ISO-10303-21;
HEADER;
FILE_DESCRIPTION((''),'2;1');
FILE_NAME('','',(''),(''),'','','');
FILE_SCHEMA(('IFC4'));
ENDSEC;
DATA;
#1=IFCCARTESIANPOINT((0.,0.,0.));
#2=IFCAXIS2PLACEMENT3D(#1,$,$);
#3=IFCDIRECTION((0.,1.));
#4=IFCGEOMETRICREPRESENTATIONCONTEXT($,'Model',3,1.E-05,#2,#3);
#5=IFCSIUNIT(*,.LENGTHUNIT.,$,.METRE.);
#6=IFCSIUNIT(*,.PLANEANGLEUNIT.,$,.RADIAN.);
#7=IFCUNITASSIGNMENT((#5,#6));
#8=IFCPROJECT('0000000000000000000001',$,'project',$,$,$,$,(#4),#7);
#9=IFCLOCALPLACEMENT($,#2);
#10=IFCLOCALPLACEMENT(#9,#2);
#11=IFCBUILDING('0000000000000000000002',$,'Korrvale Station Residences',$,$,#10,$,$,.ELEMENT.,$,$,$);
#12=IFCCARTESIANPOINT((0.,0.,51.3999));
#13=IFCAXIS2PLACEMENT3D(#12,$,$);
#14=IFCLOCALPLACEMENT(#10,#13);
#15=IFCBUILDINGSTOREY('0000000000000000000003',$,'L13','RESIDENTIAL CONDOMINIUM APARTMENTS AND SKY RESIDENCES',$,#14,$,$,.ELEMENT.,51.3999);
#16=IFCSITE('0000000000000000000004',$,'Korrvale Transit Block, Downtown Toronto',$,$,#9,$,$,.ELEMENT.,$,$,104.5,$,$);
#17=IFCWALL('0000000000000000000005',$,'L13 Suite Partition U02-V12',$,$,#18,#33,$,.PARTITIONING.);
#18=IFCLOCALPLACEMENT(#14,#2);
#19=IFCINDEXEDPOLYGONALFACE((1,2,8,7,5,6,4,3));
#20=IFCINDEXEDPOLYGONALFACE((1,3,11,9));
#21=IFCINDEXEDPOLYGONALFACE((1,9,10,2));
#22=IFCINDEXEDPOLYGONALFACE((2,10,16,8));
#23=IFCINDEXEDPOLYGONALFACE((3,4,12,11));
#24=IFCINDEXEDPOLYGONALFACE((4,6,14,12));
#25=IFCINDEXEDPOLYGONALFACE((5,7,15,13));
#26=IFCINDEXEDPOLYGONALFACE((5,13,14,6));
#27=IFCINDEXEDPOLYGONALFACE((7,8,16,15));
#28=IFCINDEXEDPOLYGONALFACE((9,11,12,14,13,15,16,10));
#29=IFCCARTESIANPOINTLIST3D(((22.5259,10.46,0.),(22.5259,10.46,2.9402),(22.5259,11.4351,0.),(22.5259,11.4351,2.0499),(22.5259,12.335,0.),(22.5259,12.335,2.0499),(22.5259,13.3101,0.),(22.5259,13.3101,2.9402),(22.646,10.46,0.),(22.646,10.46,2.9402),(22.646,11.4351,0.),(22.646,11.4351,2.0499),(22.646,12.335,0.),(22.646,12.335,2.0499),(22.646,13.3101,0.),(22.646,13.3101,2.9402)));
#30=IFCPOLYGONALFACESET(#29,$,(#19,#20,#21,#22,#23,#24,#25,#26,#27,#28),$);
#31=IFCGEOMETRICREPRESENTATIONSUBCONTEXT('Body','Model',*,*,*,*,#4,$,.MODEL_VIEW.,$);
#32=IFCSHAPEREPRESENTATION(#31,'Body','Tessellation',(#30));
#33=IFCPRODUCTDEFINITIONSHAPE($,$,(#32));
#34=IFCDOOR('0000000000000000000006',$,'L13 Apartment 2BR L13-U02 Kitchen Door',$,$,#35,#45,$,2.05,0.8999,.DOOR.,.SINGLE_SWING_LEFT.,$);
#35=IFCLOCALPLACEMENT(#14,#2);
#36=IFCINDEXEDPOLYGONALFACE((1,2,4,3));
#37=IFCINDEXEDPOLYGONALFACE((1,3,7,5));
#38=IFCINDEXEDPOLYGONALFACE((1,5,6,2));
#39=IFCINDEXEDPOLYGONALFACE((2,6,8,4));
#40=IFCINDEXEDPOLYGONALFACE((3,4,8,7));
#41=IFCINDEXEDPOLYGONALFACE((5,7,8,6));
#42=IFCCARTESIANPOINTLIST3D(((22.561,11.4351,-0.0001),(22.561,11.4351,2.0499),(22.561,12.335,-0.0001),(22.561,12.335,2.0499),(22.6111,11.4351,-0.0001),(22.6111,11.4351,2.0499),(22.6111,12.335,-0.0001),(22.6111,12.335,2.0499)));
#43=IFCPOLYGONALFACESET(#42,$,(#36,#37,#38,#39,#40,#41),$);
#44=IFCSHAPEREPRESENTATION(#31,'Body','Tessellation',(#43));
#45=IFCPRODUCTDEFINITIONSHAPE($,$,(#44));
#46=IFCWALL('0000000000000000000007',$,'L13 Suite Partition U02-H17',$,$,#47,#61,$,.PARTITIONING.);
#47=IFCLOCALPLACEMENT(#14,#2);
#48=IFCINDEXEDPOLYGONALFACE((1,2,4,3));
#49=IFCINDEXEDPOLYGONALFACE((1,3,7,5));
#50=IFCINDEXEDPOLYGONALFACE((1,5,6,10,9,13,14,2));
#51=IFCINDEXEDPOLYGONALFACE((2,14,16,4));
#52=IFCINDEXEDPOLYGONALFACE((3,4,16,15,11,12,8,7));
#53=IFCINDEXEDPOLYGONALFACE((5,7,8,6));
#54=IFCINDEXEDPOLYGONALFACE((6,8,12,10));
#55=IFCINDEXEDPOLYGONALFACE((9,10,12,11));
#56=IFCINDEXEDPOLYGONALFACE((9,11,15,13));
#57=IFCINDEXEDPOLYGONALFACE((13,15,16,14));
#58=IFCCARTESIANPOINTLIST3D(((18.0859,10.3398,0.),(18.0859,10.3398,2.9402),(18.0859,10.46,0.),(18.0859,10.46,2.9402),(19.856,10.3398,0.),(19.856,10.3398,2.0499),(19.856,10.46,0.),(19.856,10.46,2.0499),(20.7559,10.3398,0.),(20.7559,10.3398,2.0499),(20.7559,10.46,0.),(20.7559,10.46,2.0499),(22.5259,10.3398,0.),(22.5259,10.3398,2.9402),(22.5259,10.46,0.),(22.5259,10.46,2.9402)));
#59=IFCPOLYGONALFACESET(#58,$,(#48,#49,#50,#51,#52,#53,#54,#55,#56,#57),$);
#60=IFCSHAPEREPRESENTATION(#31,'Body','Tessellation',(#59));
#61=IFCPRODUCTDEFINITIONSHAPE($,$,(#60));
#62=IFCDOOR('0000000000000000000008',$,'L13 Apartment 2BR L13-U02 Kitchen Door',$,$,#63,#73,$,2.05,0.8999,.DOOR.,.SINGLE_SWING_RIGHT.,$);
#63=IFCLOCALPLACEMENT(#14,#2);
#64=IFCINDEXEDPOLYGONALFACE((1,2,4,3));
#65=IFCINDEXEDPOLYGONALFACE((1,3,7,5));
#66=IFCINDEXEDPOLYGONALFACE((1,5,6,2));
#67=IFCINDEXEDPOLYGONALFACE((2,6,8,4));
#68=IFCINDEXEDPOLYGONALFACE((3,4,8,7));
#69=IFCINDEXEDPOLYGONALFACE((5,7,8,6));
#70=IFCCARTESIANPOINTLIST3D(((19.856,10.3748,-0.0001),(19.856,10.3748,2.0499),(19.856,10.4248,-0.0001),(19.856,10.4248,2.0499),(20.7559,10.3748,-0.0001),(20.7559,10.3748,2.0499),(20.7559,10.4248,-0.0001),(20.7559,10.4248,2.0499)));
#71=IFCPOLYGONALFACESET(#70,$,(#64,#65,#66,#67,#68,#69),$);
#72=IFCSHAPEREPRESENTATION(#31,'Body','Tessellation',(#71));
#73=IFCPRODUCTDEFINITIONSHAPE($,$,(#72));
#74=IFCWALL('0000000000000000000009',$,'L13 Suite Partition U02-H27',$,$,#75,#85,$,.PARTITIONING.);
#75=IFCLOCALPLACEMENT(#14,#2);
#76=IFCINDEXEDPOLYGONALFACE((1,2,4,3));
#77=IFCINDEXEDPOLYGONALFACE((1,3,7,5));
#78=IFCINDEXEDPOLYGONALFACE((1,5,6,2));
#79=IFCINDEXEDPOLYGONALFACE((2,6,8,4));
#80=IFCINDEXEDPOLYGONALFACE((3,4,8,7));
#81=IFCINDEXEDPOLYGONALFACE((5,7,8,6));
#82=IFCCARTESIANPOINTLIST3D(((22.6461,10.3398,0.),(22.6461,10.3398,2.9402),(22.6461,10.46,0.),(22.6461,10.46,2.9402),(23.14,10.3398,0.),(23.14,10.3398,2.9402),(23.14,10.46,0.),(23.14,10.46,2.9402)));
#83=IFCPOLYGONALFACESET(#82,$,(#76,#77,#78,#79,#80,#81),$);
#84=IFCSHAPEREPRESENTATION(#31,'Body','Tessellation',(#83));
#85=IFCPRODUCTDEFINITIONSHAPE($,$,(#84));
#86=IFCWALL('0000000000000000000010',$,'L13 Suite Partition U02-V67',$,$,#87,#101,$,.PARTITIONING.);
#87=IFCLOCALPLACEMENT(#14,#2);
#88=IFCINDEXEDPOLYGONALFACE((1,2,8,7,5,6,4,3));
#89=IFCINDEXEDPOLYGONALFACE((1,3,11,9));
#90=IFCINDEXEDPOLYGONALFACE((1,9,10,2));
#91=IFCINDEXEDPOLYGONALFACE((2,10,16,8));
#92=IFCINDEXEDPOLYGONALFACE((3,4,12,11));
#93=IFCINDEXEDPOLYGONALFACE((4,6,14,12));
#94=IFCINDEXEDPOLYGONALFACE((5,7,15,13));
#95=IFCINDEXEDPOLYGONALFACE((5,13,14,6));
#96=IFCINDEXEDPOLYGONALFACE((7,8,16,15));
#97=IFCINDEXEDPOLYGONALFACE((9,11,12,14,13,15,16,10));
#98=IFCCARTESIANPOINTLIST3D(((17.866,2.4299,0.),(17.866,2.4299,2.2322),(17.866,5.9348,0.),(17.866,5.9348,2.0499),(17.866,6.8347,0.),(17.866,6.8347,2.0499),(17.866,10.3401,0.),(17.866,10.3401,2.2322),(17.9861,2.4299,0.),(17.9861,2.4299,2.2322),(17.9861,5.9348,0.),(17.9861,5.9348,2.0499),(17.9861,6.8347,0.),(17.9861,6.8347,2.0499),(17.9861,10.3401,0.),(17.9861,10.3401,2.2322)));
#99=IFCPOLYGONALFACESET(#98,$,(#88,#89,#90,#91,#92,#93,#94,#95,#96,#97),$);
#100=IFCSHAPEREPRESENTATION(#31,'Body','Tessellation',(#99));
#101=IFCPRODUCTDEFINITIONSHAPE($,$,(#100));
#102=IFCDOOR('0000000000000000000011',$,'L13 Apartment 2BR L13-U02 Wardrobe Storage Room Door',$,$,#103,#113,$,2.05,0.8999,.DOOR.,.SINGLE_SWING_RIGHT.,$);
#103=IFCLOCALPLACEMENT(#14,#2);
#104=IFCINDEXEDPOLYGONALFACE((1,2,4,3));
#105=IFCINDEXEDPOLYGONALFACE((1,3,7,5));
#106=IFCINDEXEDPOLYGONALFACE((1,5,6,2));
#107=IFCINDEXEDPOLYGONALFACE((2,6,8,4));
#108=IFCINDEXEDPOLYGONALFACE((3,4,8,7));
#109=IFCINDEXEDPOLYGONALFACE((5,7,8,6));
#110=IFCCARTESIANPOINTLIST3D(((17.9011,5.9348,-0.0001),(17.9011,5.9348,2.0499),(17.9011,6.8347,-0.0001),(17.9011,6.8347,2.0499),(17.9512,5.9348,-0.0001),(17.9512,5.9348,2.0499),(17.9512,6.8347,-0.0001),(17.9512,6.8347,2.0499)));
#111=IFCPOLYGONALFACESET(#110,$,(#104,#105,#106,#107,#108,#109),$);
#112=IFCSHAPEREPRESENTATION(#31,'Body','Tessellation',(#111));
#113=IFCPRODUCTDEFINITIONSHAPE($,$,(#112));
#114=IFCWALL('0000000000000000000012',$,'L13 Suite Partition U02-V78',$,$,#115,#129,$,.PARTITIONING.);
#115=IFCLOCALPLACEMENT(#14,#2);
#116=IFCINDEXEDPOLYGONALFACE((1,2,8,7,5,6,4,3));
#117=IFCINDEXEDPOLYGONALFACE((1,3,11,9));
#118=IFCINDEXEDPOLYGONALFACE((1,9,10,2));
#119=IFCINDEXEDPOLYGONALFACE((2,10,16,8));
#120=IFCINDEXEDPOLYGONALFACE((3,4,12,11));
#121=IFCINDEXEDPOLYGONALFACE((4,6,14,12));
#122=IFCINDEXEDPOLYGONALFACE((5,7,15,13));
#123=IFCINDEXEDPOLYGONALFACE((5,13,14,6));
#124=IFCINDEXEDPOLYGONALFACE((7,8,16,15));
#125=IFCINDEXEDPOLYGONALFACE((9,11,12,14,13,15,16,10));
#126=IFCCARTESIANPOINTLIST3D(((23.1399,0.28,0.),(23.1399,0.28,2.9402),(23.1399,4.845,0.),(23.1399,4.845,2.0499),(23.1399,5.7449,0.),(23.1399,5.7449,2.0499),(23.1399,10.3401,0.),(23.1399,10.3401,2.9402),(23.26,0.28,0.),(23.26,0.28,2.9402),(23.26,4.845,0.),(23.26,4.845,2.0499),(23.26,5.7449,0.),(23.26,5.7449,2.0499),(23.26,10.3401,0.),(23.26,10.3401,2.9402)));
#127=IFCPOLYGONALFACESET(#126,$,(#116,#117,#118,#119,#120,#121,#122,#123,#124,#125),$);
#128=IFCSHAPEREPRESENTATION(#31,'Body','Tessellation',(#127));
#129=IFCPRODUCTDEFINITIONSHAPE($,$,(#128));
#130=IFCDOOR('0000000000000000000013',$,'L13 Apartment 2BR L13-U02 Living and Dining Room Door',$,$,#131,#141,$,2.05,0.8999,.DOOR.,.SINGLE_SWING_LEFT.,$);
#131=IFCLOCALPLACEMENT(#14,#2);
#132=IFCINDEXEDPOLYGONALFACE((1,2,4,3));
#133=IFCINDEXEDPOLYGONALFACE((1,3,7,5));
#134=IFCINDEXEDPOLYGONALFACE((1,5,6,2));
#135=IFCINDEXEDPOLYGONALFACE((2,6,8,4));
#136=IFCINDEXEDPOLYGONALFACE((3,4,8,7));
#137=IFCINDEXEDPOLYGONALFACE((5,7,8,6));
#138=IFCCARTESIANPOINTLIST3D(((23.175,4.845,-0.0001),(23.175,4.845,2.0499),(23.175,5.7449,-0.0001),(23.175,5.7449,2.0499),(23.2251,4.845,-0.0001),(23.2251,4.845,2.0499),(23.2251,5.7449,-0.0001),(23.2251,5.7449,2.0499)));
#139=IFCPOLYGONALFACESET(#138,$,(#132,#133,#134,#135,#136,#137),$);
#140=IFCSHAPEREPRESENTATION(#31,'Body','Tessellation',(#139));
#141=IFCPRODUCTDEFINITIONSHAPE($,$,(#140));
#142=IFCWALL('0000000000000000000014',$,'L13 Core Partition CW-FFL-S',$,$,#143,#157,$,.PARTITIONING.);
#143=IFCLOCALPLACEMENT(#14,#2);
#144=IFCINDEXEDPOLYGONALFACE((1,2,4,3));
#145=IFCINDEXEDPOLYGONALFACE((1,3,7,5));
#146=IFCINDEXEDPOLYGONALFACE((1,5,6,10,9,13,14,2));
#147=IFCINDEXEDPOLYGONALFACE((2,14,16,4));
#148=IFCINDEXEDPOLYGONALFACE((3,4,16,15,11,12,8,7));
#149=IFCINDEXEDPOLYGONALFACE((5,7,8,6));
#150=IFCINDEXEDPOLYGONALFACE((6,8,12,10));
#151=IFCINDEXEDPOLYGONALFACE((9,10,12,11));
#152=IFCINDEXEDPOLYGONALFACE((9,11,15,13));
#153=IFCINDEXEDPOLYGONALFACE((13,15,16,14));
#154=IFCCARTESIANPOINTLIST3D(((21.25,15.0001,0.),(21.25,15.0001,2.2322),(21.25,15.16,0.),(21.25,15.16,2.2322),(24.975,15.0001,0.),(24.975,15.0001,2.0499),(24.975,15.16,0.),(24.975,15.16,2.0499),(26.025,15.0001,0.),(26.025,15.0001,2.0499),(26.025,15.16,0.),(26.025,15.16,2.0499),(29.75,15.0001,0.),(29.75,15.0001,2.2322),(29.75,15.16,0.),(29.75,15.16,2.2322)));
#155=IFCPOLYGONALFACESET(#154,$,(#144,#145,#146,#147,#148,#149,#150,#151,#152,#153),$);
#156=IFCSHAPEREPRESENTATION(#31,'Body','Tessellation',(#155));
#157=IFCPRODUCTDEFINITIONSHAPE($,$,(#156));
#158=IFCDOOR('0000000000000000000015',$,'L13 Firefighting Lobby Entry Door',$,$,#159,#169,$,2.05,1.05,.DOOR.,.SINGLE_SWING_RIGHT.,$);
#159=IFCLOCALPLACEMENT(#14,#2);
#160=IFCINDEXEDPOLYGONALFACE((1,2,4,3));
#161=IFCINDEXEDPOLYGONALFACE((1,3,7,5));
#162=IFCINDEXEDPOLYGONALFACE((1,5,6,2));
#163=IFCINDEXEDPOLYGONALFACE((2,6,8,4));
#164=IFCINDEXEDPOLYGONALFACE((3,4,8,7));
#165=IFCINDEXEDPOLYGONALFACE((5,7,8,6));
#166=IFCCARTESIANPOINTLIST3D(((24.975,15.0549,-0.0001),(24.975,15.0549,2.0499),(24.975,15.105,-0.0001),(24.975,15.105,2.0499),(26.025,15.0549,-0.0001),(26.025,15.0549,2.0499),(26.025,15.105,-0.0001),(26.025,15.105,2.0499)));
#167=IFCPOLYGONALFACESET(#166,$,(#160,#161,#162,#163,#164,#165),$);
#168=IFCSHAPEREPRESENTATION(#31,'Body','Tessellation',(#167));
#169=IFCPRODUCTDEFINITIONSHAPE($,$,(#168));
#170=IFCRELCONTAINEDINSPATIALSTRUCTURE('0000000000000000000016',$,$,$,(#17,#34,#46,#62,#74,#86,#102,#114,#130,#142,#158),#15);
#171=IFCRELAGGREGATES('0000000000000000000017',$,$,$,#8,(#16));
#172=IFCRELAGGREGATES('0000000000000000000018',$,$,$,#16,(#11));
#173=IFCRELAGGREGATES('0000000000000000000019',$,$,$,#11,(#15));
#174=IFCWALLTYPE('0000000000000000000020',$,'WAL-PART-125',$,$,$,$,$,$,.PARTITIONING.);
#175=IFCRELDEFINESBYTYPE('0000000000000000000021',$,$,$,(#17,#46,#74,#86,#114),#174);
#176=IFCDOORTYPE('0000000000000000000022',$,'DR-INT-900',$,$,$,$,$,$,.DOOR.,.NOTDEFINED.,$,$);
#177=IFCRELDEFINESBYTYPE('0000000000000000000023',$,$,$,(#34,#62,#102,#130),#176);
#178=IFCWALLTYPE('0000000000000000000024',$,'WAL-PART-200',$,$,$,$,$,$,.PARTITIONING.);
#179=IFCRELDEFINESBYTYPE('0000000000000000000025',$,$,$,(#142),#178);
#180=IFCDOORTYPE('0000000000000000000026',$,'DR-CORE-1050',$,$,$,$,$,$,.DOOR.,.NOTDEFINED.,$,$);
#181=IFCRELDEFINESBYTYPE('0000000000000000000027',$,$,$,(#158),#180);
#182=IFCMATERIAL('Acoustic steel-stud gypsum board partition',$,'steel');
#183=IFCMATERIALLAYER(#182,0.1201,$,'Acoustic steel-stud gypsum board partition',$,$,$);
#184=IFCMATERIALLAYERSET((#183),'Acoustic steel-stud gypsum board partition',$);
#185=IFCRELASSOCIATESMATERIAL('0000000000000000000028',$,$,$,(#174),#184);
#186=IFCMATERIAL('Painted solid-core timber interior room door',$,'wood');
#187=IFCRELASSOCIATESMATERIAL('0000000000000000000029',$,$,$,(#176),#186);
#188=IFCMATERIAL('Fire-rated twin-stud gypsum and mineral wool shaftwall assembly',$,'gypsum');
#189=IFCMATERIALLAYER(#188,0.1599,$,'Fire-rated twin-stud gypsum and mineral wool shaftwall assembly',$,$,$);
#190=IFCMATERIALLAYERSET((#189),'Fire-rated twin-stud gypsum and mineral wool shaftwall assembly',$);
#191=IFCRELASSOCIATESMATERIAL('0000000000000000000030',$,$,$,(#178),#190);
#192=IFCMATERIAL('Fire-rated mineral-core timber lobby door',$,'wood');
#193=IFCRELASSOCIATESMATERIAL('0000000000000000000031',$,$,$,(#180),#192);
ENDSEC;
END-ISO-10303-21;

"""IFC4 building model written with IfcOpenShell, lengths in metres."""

from ifc_helpers import new_model, si_unit, direction, frame, frame_2d, origin, place, context, subcontext, project, spatial, rectangle, extrude, material, layer, layer_set, type_object, element, fill, save


model = new_model("IFC4")

# Units and contexts
model_context = context("Model", 3, precision=1e-05, world=origin(), true_north=direction((0.0, 1.0)))
body_context = subcontext(model_context, "Body", "Model", "MODEL_VIEW")
ifc_project = project(units=[si_unit("LENGTHUNIT", "METRE"), si_unit("PLANEANGLEUNIT", "RADIAN")], contexts=[model_context])

# Site, building, storey
site_placement = place(None, origin())
site = spatial("IfcSite", under=ifc_project, at=site_placement, Name="Korrvale Transit Block, Downtown Toronto", CompositionType="ELEMENT", RefElevation=104.5)
building_placement = place(site_placement, origin())
building = spatial("IfcBuilding", under=site, at=building_placement, Name="Korrvale Station Residences", CompositionType="ELEMENT")
storey_placement = place(building_placement, frame((0.0, 0.0, 51.3999)))
storey = spatial("IfcBuildingStorey", under=building, at=storey_placement, Name="L13", Description="RESIDENTIAL CONDOMINIUM APARTMENTS AND SKY RESIDENCES", CompositionType="ELEMENT", Elevation=51.3999)

# Shared definitions
ifc_material_1 = material(Name="Acoustic steel-stud gypsum board partition", Category="steel")
ifc_layer_1 = layer(ifc_material_1, 0.1201, Name="Acoustic steel-stud gypsum board partition")
ifc_layer_set_1 = layer_set([ifc_layer_1], Name="Acoustic steel-stud gypsum board partition")
wall_type_1 = type_object("IfcWallType", Name="WAL-PART-125", PredefinedType="PARTITIONING", material=ifc_layer_set_1)

# Walls, openings, doors
wall_1_placement = place(storey_placement, frame((22.5859, 10.46, 0.0), z_axis=(0.0, 0.0, 1.0), x_axis=(0.0, 1.0, 0.0)))
wall_1 = element("IfcWall", 1, at=wall_1_placement, inside=storey, type_object=wall_type_1, Name="L13 Suite Partition U02-V12", PredefinedType="PARTITIONING", context=body_context, shape_type="SweptSolid", body=[
    extrude(rectangle(XDim=2.8501, YDim=0.1201, at=frame_2d((1.425, 0.0))), origin(), (0.0, 0.0, 1.0), 2.9402),
])
opening_1_placement = place(wall_1_placement, frame((0.9751, 0.0, 0.0)))
opening_1 = element("IfcOpeningElement", 2, at=opening_1_placement, cuts=wall_1, PredefinedType="OPENING", context=body_context, shape_type="SweptSolid", body=[
    extrude(rectangle(XDim=0.8999, YDim=2.05, at=frame_2d((0.45, 1.0249))), frame((0.0, 0.0701, 0.0), z_axis=(0.0, -1.0, 0.0), x_axis=(1.0, 0.0, 0.0)), (0.0, 0.0, 1.0), 0.1401),
])
ifc_material_2 = material(Name="Painted solid-core timber interior room door", Category="wood")
door_type_1 = type_object("IfcDoorType", Name="DR-INT-900", OperationType="NOTDEFINED", PredefinedType="DOOR", material=ifc_material_2)
door_1_placement = place(opening_1_placement, origin())
door_1 = element("IfcDoor", 3, at=door_1_placement, inside=storey, type_object=door_type_1, Name="L13 Apartment 2BR L13-U02 Kitchen Door", OperationType="SINGLE_SWING_LEFT", OverallHeight=2.05, OverallWidth=0.8999, PredefinedType="DOOR", context=body_context, shape_type="SweptSolid", body=[
    extrude(rectangle(XDim=0.8999, YDim=2.05, at=frame_2d((0.45, 1.0249))), frame((0.0, 0.0249, 0.0), z_axis=(0.0, -1.0, 0.0), x_axis=(1.0, 0.0, 0.0)), (0.0, 0.0, 1.0), 0.05),
])
fill(opening_1, door_1)
wall_2_placement = place(storey_placement, frame((18.0859, 10.3999, 0.0), z_axis=(0.0, 0.0, 1.0), x_axis=(1.0, 0.0, 0.0)))
wall_2 = element("IfcWall", 4, at=wall_2_placement, inside=storey, type_object=wall_type_1, Name="L13 Suite Partition U02-H17", PredefinedType="PARTITIONING", context=body_context, shape_type="SweptSolid", body=[
    extrude(rectangle(XDim=4.4399, YDim=0.1201, at=frame_2d((2.22, 0.0))), origin(), (0.0, 0.0, 1.0), 2.9402),
])
opening_2_placement = place(wall_2_placement, frame((1.77, 0.0, 0.0)))
opening_2 = element("IfcOpeningElement", 5, at=opening_2_placement, cuts=wall_2, PredefinedType="OPENING", context=body_context, shape_type="SweptSolid", body=[
    extrude(rectangle(XDim=0.8999, YDim=2.05, at=frame_2d((0.45, 1.0249))), frame((0.0, 0.0701, 0.0), z_axis=(0.0, -1.0, 0.0), x_axis=(1.0, 0.0, 0.0)), (0.0, 0.0, 1.0), 0.1401),
])
door_2_placement = place(opening_2_placement, origin())
door_2 = element("IfcDoor", 6, at=door_2_placement, inside=storey, type_object=door_type_1, Name="L13 Apartment 2BR L13-U02 Kitchen Door", OperationType="SINGLE_SWING_RIGHT", OverallHeight=2.05, OverallWidth=0.8999, PredefinedType="DOOR", context=body_context, shape_type="SweptSolid", body=[
    extrude(rectangle(XDim=0.8999, YDim=2.05, at=frame_2d((0.45, 1.0249))), frame((0.0, 0.0249, 0.0), z_axis=(0.0, -1.0, 0.0), x_axis=(1.0, 0.0, 0.0)), (0.0, 0.0, 1.0), 0.05),
])
fill(opening_2, door_2)

# Wall
wall_3_placement = place(storey_placement, frame((22.646, 10.3999, 0.0), z_axis=(0.0, 0.0, 1.0), x_axis=(1.0, 0.0, 0.0)))
element("IfcWall", 7, at=wall_3_placement, inside=storey, type_object=wall_type_1, Name="L13 Suite Partition U02-H27", PredefinedType="PARTITIONING", context=body_context, shape_type="SweptSolid", body=[
    extrude(rectangle(XDim=0.4939, YDim=0.1201, at=frame_2d((0.2471, 0.0))), origin(), (0.0, 0.0, 1.0), 2.9402),
])

# Walls, openings, doors
wall_4_placement = place(storey_placement, frame((17.926, 2.4299, 0.0), z_axis=(0.0, 0.0, 1.0), x_axis=(0.0, 1.0, 0.0)))
wall_4 = element("IfcWall", 8, at=wall_4_placement, inside=storey, type_object=wall_type_1, Name="L13 Suite Partition U02-V67", PredefinedType="PARTITIONING", context=body_context, shape_type="SweptSolid", body=[
    extrude(rectangle(XDim=7.9102, YDim=0.1201, at=frame_2d((3.9551, 0.0))), origin(), (0.0, 0.0, 1.0), 2.2322),
])
opening_3_placement = place(wall_4_placement, frame((3.5049, 0.0, 0.0)))
opening_3 = element("IfcOpeningElement", 9, at=opening_3_placement, cuts=wall_4, PredefinedType="OPENING", context=body_context, shape_type="SweptSolid", body=[
    extrude(rectangle(XDim=0.8999, YDim=2.05, at=frame_2d((0.45, 1.0249))), frame((0.0, 0.0701, 0.0), z_axis=(0.0, -1.0, 0.0), x_axis=(1.0, 0.0, 0.0)), (0.0, 0.0, 1.0), 0.1401),
])
door_3_placement = place(opening_3_placement, origin())
door_3 = element("IfcDoor", 10, at=door_3_placement, inside=storey, type_object=door_type_1, Name="L13 Apartment 2BR L13-U02 Wardrobe Storage Room Door", OperationType="SINGLE_SWING_RIGHT", OverallHeight=2.05, OverallWidth=0.8999, PredefinedType="DOOR", context=body_context, shape_type="SweptSolid", body=[
    extrude(rectangle(XDim=0.8999, YDim=2.05, at=frame_2d((0.45, 1.0249))), frame((0.0, 0.0249, 0.0), z_axis=(0.0, -1.0, 0.0), x_axis=(1.0, 0.0, 0.0)), (0.0, 0.0, 1.0), 0.05),
])
fill(opening_3, door_3)
wall_5_placement = place(storey_placement, frame((23.2, 0.28, 0.0), z_axis=(0.0, 0.0, 1.0), x_axis=(0.0, 1.0, 0.0)))
wall_5 = element("IfcWall", 11, at=wall_5_placement, inside=storey, type_object=wall_type_1, Name="L13 Suite Partition U02-V78", PredefinedType="PARTITIONING", context=body_context, shape_type="SweptSolid", body=[
    extrude(rectangle(XDim=10.0601, YDim=0.1201, at=frame_2d((5.03, 0.0))), origin(), (0.0, 0.0, 1.0), 2.9402),
])
opening_4_placement = place(wall_5_placement, frame((4.5649, 0.0, 0.0)))
opening_4 = element("IfcOpeningElement", 12, at=opening_4_placement, cuts=wall_5, PredefinedType="OPENING", context=body_context, shape_type="SweptSolid", body=[
    extrude(rectangle(XDim=0.8999, YDim=2.05, at=frame_2d((0.45, 1.0249))), frame((0.0, 0.0701, 0.0), z_axis=(0.0, -1.0, 0.0), x_axis=(1.0, 0.0, 0.0)), (0.0, 0.0, 1.0), 0.1401),
])
door_4_placement = place(opening_4_placement, origin())
door_4 = element("IfcDoor", 13, at=door_4_placement, inside=storey, type_object=door_type_1, Name="L13 Apartment 2BR L13-U02 Living and Dining Room Door", OperationType="SINGLE_SWING_LEFT", OverallHeight=2.05, OverallWidth=0.8999, PredefinedType="DOOR", context=body_context, shape_type="SweptSolid", body=[
    extrude(rectangle(XDim=0.8999, YDim=2.05, at=frame_2d((0.45, 1.0249))), frame((0.0, 0.0249, 0.0), z_axis=(0.0, -1.0, 0.0), x_axis=(1.0, 0.0, 0.0)), (0.0, 0.0, 1.0), 0.05),
])
fill(opening_4, door_4)
ifc_material_3 = material(Name="Fire-rated twin-stud gypsum and mineral wool shaftwall assembly", Category="gypsum")
ifc_layer_2 = layer(ifc_material_3, 0.1599, Name="Fire-rated twin-stud gypsum and mineral wool shaftwall assembly")
ifc_layer_set_2 = layer_set([ifc_layer_2], Name="Fire-rated twin-stud gypsum and mineral wool shaftwall assembly")
wall_type_2 = type_object("IfcWallType", Name="WAL-PART-200", PredefinedType="PARTITIONING", material=ifc_layer_set_2)
wall_6_placement = place(storey_placement, frame((21.25, 15.0801, 0.0), z_axis=(0.0, 0.0, 1.0), x_axis=(1.0, 0.0, 0.0)))
wall_6 = element("IfcWall", 14, at=wall_6_placement, inside=storey, type_object=wall_type_2, Name="L13 Core Partition CW-FFL-S", PredefinedType="PARTITIONING", context=body_context, shape_type="SweptSolid", body=[
    extrude(rectangle(XDim=8.5, YDim=0.1599, at=frame_2d((4.25, 0.0))), origin(), (0.0, 0.0, 1.0), 2.2322),
])
opening_5_placement = place(wall_6_placement, frame((3.7251, 0.0, 0.0)))
opening_5 = element("IfcOpeningElement", 15, at=opening_5_placement, cuts=wall_6, PredefinedType="OPENING", context=body_context, shape_type="SweptSolid", body=[
    extrude(rectangle(XDim=1.05, YDim=2.05, at=frame_2d((0.5249, 1.0249))), frame((0.0, 0.0898, 0.0), z_axis=(0.0, -1.0, 0.0), x_axis=(1.0, 0.0, 0.0)), (0.0, 0.0, 1.0), 0.1799),
])
ifc_material_4 = material(Name="Fire-rated mineral-core timber lobby door", Category="wood")
door_type_2 = type_object("IfcDoorType", Name="DR-CORE-1050", OperationType="NOTDEFINED", PredefinedType="DOOR", material=ifc_material_4)
door_5_placement = place(opening_5_placement, origin())
door_5 = element("IfcDoor", 16, at=door_5_placement, inside=storey, type_object=door_type_2, Name="L13 Firefighting Lobby Entry Door", OperationType="SINGLE_SWING_RIGHT", OverallHeight=2.05, OverallWidth=1.05, PredefinedType="DOOR", context=body_context, shape_type="SweptSolid", body=[
    extrude(rectangle(XDim=1.05, YDim=2.05, at=frame_2d((0.5249, 1.0249))), frame((0.0, 0.0249, 0.0), z_axis=(0.0, -1.0, 0.0), x_axis=(1.0, 0.0, 0.0)), (0.0, 0.0, 1.0), 0.05),
])
fill(opening_5, door_5)

save(model, "model.ifc")
